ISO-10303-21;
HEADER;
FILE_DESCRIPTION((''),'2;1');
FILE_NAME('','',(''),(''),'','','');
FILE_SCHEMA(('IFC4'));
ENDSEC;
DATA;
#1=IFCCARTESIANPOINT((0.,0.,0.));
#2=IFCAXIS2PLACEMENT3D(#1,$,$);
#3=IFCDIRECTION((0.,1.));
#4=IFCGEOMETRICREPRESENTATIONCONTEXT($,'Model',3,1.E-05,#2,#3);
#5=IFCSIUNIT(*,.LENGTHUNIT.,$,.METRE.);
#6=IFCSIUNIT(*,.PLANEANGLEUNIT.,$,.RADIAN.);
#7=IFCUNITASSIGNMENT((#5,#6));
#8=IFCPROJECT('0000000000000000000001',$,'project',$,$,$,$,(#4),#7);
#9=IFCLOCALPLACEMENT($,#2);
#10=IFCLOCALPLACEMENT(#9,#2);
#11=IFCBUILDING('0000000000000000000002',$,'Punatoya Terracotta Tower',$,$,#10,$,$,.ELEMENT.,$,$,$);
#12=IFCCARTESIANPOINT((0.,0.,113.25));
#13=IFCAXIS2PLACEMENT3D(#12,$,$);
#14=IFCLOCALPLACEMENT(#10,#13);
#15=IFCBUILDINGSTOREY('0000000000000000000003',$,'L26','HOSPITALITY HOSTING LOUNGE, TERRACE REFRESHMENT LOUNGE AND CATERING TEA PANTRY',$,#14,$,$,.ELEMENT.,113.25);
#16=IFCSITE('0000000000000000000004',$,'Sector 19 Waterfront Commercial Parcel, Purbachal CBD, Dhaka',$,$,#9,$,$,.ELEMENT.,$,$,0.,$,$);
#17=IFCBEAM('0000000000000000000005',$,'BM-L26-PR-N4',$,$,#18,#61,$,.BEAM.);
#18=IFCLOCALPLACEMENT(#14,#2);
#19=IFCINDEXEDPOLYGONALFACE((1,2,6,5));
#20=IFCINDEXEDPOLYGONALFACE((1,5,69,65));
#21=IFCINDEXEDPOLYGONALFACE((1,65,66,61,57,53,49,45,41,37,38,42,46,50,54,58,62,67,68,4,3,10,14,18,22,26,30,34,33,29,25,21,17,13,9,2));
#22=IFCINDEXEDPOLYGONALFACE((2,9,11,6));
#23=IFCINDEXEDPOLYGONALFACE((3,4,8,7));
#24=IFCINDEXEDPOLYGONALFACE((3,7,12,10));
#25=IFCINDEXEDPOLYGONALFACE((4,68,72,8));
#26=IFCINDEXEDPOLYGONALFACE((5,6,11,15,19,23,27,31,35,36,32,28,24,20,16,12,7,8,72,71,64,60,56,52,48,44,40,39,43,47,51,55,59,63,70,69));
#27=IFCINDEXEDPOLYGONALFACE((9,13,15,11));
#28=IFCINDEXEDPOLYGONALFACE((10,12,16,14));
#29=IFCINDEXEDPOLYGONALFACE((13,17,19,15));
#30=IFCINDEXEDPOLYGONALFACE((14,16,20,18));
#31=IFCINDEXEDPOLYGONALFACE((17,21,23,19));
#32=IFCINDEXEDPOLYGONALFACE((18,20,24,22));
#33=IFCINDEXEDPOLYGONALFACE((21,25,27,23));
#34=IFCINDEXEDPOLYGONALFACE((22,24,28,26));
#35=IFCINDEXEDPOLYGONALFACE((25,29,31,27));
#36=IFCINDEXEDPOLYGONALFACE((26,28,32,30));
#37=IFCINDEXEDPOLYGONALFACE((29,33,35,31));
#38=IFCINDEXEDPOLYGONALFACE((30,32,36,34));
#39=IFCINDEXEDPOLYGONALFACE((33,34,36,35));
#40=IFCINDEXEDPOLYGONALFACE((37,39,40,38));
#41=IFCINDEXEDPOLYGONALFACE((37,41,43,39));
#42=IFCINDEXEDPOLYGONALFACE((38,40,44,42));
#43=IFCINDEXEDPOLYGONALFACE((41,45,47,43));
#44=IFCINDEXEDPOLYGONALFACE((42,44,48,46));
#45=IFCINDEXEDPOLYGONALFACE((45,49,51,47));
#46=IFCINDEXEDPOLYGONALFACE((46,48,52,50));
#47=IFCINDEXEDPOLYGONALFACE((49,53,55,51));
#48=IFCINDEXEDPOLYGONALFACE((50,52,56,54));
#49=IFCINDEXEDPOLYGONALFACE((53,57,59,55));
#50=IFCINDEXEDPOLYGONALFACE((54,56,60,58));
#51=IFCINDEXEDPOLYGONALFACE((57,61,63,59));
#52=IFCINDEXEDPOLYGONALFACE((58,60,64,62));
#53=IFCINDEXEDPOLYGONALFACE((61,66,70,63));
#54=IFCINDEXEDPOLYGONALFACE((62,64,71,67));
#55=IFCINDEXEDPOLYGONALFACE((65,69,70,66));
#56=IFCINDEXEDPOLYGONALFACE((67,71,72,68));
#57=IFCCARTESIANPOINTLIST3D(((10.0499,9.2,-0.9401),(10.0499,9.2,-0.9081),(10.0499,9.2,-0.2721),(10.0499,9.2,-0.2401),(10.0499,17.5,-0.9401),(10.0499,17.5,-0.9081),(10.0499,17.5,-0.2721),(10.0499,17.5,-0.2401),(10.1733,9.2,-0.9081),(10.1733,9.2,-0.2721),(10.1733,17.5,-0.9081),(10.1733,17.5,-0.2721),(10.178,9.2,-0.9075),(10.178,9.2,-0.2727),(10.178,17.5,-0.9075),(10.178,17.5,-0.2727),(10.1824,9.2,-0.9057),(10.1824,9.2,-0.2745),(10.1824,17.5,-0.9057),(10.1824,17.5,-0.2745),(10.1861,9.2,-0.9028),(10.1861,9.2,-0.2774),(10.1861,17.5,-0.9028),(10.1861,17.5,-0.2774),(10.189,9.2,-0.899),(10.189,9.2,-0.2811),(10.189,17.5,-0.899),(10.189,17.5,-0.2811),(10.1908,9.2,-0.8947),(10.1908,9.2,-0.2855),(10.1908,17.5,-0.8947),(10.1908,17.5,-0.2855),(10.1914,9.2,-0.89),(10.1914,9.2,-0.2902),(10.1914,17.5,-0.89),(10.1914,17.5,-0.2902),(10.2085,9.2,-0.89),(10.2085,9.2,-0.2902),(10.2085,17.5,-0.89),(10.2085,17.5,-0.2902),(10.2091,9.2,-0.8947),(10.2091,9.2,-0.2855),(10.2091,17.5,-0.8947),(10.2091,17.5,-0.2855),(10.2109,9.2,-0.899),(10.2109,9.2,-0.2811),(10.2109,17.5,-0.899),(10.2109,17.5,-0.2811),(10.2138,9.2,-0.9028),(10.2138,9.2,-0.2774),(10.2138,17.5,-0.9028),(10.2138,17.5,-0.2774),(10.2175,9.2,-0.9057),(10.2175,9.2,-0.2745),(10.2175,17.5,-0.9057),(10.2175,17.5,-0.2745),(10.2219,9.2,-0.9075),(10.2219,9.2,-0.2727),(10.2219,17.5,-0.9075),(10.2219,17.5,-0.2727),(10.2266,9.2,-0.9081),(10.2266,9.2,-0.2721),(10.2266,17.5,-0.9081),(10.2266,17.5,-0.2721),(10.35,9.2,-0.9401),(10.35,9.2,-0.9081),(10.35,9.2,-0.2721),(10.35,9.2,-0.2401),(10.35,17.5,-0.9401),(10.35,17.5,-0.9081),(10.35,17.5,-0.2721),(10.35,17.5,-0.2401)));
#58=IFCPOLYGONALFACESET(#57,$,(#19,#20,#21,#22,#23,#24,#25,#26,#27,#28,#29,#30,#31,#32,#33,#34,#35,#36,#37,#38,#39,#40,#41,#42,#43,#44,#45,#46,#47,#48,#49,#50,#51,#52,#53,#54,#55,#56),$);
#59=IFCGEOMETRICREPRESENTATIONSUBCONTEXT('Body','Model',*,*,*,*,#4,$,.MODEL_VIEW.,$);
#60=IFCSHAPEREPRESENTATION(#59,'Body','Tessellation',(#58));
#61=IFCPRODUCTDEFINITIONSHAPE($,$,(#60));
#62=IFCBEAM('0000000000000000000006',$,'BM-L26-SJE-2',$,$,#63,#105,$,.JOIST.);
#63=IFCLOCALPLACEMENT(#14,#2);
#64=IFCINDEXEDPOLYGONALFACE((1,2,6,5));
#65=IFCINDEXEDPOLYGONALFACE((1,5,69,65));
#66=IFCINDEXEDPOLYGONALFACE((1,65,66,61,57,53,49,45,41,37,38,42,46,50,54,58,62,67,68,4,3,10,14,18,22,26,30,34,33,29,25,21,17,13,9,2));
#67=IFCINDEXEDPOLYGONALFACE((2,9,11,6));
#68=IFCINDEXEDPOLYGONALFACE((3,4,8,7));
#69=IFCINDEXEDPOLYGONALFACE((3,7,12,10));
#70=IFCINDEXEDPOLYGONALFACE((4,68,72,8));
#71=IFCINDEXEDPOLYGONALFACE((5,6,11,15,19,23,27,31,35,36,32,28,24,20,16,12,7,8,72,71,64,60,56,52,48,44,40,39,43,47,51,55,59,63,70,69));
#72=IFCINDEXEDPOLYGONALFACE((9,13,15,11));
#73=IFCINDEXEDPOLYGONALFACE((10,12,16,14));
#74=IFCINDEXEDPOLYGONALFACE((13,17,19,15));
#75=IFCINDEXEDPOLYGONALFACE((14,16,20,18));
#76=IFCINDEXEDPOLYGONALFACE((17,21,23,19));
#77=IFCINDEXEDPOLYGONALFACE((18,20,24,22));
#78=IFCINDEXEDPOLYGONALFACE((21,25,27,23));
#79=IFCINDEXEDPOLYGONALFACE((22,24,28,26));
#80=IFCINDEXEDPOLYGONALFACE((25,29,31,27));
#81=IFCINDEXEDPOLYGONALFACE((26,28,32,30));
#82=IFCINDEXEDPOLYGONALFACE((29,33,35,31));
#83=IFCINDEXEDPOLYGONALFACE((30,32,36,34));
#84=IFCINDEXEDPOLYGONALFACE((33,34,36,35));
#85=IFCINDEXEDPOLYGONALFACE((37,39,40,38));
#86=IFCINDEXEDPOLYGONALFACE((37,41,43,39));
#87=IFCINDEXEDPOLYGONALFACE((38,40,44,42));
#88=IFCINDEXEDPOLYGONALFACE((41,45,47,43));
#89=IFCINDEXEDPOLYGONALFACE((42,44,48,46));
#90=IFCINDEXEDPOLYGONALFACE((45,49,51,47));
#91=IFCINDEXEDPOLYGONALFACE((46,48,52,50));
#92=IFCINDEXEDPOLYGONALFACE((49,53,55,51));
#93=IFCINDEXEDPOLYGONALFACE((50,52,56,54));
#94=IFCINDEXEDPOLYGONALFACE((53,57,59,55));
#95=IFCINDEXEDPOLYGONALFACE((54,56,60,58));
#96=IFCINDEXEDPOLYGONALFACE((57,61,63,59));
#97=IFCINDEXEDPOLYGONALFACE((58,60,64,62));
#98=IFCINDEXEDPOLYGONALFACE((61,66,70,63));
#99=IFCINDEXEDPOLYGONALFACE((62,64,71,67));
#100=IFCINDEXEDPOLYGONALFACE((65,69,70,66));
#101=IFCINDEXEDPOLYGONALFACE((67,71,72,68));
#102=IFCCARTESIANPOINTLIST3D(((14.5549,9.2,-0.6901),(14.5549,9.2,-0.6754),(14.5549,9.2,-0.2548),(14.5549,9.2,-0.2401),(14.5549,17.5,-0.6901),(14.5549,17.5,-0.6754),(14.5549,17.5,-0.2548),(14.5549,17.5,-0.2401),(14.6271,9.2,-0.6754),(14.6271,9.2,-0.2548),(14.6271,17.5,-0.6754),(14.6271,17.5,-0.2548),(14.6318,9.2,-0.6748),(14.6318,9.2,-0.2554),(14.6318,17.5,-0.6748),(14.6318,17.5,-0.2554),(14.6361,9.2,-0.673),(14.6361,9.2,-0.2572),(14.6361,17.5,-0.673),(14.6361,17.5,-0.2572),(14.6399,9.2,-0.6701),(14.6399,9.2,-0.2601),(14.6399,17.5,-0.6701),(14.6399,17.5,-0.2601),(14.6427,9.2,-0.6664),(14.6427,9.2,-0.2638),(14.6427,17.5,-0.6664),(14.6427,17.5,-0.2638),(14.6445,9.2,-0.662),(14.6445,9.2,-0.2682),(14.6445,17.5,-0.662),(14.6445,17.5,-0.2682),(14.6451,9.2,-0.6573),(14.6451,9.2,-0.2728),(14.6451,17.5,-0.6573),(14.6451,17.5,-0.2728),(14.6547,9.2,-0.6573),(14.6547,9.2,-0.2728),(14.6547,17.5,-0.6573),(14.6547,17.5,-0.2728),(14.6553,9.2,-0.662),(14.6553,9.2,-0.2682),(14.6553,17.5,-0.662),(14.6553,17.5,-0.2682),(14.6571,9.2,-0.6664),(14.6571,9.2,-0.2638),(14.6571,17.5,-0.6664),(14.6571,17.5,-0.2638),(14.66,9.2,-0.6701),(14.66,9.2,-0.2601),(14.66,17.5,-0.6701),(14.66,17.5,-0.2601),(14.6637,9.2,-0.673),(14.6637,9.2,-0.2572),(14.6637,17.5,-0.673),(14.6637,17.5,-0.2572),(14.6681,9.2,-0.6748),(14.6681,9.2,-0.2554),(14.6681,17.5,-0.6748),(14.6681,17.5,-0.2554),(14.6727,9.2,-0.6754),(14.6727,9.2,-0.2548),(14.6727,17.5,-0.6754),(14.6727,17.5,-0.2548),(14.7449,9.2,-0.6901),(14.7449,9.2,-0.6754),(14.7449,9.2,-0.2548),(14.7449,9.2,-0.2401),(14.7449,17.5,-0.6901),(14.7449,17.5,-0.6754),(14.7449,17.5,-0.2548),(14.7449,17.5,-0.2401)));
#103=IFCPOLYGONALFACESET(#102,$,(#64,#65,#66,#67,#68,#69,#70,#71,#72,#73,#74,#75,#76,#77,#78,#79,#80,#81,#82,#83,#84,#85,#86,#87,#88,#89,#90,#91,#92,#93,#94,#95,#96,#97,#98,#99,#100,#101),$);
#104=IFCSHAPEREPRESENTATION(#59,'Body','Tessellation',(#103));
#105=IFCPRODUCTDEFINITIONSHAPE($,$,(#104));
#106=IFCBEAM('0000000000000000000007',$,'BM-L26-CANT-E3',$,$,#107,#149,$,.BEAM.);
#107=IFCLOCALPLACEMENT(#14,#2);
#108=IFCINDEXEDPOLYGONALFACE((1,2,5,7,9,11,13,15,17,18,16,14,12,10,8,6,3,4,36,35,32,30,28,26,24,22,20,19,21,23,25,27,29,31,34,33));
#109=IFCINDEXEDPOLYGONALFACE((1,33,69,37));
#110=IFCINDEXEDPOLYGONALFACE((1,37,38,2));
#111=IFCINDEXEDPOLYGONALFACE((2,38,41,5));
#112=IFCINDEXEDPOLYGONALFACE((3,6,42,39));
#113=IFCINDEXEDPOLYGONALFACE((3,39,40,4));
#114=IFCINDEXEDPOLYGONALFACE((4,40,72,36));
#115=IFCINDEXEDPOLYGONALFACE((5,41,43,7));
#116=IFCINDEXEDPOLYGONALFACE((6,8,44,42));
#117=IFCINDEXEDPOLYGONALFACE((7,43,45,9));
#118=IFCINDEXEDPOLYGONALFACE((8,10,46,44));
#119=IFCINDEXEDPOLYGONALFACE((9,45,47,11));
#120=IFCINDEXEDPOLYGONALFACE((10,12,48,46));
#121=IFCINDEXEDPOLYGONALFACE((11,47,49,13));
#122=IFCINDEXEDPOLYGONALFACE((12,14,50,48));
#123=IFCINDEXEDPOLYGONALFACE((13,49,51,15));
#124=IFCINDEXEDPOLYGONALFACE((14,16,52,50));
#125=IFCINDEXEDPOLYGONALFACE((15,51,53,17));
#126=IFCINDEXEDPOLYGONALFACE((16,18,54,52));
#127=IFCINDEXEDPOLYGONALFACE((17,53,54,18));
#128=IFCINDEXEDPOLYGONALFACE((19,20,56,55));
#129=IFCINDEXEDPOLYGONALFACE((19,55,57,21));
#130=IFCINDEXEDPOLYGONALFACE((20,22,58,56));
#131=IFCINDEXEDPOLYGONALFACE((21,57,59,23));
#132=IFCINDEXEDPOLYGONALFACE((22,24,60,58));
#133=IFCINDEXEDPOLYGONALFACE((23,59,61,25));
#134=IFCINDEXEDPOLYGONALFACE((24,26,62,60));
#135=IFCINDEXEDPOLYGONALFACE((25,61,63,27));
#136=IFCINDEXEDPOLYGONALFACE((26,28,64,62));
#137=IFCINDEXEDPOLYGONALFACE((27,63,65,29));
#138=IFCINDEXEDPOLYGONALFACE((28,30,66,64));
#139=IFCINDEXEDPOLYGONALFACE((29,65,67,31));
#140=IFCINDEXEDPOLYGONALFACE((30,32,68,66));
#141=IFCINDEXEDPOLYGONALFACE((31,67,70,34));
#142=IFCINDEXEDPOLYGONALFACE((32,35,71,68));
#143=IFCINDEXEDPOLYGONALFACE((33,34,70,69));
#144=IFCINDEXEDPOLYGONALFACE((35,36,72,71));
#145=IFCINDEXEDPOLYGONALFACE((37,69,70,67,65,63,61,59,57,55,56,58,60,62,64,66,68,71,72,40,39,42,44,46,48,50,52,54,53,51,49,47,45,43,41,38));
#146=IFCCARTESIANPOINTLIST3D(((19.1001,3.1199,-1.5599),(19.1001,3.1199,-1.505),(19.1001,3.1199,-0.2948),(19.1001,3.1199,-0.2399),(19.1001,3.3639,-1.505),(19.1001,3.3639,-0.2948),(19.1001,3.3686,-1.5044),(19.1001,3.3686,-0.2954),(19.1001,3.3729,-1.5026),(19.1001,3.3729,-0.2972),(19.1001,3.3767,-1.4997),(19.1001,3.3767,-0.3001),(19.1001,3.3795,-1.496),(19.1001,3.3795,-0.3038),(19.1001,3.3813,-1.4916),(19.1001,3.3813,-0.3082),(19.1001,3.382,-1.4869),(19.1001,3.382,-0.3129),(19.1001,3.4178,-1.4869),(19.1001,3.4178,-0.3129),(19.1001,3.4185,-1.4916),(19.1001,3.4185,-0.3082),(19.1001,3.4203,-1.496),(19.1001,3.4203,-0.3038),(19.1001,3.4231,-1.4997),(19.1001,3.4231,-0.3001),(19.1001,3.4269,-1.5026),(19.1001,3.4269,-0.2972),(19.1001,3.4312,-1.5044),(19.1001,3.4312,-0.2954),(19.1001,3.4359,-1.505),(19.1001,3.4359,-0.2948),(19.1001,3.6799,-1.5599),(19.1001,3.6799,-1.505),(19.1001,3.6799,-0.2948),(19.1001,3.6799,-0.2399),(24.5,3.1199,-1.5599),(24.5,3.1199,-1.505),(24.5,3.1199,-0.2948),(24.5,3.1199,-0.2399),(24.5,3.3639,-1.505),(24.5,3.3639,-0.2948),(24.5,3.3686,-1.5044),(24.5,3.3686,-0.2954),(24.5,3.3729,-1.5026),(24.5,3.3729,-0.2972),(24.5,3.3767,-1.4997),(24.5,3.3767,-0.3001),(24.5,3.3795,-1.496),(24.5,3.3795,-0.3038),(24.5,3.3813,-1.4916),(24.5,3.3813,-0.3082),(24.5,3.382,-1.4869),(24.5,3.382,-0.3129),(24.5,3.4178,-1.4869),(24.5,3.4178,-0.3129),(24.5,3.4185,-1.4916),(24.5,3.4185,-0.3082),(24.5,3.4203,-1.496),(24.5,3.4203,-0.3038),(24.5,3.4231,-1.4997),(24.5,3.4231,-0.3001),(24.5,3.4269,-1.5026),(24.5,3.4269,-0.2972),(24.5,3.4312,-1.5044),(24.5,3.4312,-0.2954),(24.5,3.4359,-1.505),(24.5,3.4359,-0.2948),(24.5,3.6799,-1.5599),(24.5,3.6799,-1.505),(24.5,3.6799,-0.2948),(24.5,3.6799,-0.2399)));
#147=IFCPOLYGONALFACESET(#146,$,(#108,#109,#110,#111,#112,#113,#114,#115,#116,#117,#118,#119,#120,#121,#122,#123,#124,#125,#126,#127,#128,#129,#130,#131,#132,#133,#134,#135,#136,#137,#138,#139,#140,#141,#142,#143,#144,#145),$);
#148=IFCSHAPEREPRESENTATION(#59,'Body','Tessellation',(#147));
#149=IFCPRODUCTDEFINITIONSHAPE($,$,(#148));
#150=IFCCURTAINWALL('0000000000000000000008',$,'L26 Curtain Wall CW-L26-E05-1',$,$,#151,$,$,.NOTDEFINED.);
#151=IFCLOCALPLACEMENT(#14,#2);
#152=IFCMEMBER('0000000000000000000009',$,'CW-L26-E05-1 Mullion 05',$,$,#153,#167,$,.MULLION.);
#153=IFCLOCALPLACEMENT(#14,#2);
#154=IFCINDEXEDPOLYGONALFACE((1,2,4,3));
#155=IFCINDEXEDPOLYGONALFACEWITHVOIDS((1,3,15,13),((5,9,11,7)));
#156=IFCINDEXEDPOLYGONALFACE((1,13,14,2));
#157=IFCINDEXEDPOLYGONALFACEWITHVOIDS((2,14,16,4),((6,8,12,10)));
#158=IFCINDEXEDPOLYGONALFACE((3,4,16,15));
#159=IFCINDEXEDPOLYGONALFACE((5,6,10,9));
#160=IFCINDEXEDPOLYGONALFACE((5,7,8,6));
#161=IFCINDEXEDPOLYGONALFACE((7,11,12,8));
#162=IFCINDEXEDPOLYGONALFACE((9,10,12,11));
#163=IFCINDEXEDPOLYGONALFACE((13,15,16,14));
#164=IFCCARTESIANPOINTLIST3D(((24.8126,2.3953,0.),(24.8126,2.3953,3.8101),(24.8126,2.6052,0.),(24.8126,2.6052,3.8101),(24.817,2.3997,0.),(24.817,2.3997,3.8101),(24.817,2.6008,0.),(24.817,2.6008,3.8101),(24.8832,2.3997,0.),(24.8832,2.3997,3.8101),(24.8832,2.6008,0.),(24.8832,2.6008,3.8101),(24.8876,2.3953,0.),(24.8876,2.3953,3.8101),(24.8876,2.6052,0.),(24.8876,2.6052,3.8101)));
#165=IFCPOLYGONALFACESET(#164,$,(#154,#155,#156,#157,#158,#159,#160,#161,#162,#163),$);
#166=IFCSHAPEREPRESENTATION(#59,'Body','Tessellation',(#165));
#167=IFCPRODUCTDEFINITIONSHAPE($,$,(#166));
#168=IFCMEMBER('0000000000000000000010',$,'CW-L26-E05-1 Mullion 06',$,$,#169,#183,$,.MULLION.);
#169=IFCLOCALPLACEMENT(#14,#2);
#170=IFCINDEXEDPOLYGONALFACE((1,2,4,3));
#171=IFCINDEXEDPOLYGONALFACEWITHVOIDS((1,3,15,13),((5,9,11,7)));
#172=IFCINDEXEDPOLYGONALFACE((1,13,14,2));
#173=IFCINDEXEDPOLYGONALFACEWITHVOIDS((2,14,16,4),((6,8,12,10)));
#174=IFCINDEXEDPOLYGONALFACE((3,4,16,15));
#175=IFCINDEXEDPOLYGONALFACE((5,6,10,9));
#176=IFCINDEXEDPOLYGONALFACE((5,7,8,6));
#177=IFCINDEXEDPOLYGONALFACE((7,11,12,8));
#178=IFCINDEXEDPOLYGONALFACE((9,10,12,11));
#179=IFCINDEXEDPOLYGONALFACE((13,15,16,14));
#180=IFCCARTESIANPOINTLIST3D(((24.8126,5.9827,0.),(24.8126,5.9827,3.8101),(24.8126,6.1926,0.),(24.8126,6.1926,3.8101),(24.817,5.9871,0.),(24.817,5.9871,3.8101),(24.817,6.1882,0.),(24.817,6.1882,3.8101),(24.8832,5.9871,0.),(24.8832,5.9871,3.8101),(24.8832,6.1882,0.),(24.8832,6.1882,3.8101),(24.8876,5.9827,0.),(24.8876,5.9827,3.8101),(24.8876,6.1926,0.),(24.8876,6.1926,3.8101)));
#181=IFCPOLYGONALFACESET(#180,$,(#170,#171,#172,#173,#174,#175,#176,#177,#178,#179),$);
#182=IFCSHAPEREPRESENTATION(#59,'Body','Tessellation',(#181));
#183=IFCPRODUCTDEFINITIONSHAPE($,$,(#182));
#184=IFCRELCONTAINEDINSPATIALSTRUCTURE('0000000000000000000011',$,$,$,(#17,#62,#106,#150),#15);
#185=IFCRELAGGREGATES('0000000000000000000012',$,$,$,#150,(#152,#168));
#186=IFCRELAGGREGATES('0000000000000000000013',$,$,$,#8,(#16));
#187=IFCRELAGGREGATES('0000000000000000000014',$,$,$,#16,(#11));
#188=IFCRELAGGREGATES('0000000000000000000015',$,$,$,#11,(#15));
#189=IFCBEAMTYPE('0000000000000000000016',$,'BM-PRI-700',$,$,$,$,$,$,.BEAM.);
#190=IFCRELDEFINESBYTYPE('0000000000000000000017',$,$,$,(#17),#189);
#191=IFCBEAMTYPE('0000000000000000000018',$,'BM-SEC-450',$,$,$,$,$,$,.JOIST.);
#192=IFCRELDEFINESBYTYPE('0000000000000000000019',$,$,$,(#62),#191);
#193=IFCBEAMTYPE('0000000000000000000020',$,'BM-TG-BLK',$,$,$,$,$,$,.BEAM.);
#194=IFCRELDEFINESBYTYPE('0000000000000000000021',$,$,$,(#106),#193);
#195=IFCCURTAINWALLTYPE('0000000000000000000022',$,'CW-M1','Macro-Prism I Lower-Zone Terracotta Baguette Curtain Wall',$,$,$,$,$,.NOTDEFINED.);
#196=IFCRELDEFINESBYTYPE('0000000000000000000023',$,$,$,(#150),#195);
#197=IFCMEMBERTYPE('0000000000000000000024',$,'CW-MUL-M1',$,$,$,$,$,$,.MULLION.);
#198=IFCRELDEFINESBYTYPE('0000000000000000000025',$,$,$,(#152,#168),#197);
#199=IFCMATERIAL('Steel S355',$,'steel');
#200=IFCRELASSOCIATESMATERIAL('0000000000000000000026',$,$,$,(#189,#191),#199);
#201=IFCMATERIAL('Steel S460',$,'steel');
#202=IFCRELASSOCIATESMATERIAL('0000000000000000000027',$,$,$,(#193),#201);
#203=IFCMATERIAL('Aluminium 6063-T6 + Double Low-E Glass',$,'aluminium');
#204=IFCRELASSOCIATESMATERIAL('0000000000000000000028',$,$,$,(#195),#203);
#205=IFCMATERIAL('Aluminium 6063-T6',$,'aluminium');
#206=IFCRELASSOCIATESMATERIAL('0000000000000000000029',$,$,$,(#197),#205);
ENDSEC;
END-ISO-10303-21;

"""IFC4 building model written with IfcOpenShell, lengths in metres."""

from ifc_helpers import new_model, si_unit, direction, frame, origin, origin_2d, place, context, subcontext, project, spatial, hollow_rectangle, i_section, extrude, material, material_profile, profile_set, type_object, element, aggregate, save


model = new_model("IFC4")

# Units and contexts
model_context = context("Model", 3, precision=1e-05, world=origin(), true_north=direction((0.0, 1.0)))
body_context = subcontext(model_context, "Body", "Model", "MODEL_VIEW")
ifc_project = project(units=[si_unit("LENGTHUNIT", "METRE"), si_unit("PLANEANGLEUNIT", "RADIAN")], contexts=[model_context])

# Site, building, storey
site_placement = place(None, origin())
site = spatial("IfcSite", under=ifc_project, at=site_placement, Name="Sector 19 Waterfront Commercial Parcel, Purbachal CBD, Dhaka", CompositionType="ELEMENT", RefElevation=0.0)
building_placement = place(site_placement, origin())
building = spatial("IfcBuilding", under=site, at=building_placement, Name="Punatoya Terracotta Tower", CompositionType="ELEMENT")
storey_placement = place(building_placement, frame((0.0, 0.0, 113.25)))
storey = spatial("IfcBuildingStorey", under=building, at=storey_placement, Name="L26", Description="HOSPITALITY HOSTING LOUNGE, TERRACE REFRESHMENT LOUNGE AND CATERING TEA PANTRY", CompositionType="ELEMENT", Elevation=113.25)

# Shared definitions
ifc_material_1 = material(Name="Steel S460", Category="steel")

# Beams
ifc_material_2 = material(Name="Steel S355", Category="steel")
ifc_material_profile_1 = material_profile(ifc_material_2, i_section(OverallWidth=0.3, OverallDepth=0.7, WebThickness=0.0171, FlangeThickness=0.032, FilletRadius=0.0181, at=origin_2d()))
ifc_profile_set_1 = profile_set([ifc_material_profile_1], Name="Steel S355")
beam_type_1 = type_object("IfcBeamType", Name="BM-PRI-700", PredefinedType="BEAM", material=ifc_profile_set_1)
beam_1_placement = place(storey_placement, frame((10.2, 9.2, -0.5901), z_axis=(0.0, 1.0, 0.0), x_axis=(-1.0, 0.0, 0.0)))
element("IfcBeam", 1, at=beam_1_placement, inside=storey, type_object=beam_type_1, Name="BM-L26-PR-N4", PredefinedType="BEAM", context=body_context, shape_type="SweptSolid", body=[
    extrude(i_section(OverallWidth=0.3, OverallDepth=0.7, WebThickness=0.0171, FlangeThickness=0.032, FilletRadius=0.0181, at=origin_2d()), origin(), (0.0, 0.0, 1.0), 8.3),
])
ifc_material_profile_2 = material_profile(ifc_material_2, i_section(OverallWidth=0.1899, OverallDepth=0.45, WebThickness=0.0095, FlangeThickness=0.0146, FilletRadius=0.0181, at=origin_2d()))
ifc_profile_set_2 = profile_set([ifc_material_profile_2], Name="Steel S355")
beam_type_2 = type_object("IfcBeamType", Name="BM-SEC-450", PredefinedType="JOIST", material=ifc_profile_set_2)
beam_2_placement = place(storey_placement, frame((14.6499, 9.2, -0.4651), z_axis=(0.0, 1.0, 0.0), x_axis=(-1.0, 0.0, 0.0)))
element("IfcBeam", 2, at=beam_2_placement, inside=storey, type_object=beam_type_2, Name="BM-L26-SJE-2", PredefinedType="JOIST", context=body_context, shape_type="SweptSolid", body=[
    extrude(i_section(OverallWidth=0.1899, OverallDepth=0.45, WebThickness=0.0095, FlangeThickness=0.0146, FilletRadius=0.0181, at=origin_2d()), origin(), (0.0, 0.0, 1.0), 8.3),
])
ifc_material_profile_3 = material_profile(ifc_material_1, i_section(OverallWidth=0.5601, OverallDepth=1.3201, WebThickness=0.0359, FlangeThickness=0.0549, FilletRadius=0.0181, at=origin_2d()))
ifc_profile_set_3 = profile_set([ifc_material_profile_3], Name="Steel S460")
beam_type_3 = type_object("IfcBeamType", Name="BM-TG-BLK", PredefinedType="BEAM", material=ifc_profile_set_3)
beam_3_placement = place(storey_placement, frame((19.1001, 3.3999, -0.8999), z_axis=(1.0, 0.0, 0.0), x_axis=(0.0, 1.0, 0.0)))
element("IfcBeam", 3, at=beam_3_placement, inside=storey, type_object=beam_type_3, Name="BM-L26-CANT-E3", PredefinedType="BEAM", context=body_context, shape_type="SweptSolid", body=[
    extrude(i_section(OverallWidth=0.5601, OverallDepth=1.3201, WebThickness=0.0359, FlangeThickness=0.0549, FilletRadius=0.0181, at=origin_2d()), origin(), (0.0, 0.0, 1.0), 5.3999),
])

# Curtain wall, members
ifc_material_3 = material(Name="Aluminium 6063-T6 + Double Low-E Glass", Category="aluminium")
curtain_wall_type = type_object("IfcCurtainWallType", Name="CW-M1", Description="Macro-Prism I Lower-Zone Terracotta Baguette Curtain Wall", PredefinedType="NOTDEFINED", material=ifc_material_3)
curtain_wall_placement = place(storey_placement, origin())
curtain_wall = element("IfcCurtainWall", 4, at=curtain_wall_placement, inside=storey, type_object=curtain_wall_type, Name="L26 Curtain Wall CW-L26-E05-1", PredefinedType="NOTDEFINED")
ifc_material_4 = material(Name="Aluminium 6063-T6", Category="aluminium")
ifc_material_profile_4 = material_profile(ifc_material_4, hollow_rectangle(XDim=0.075, YDim=0.21, WallThickness=0.0044, at=origin_2d()))
ifc_profile_set_4 = profile_set([ifc_material_profile_4], Name="Aluminium 6063-T6")
member_type = type_object("IfcMemberType", Name="CW-MUL-M1", PredefinedType="MULLION", material=ifc_profile_set_4)
member_1_placement = place(storey_placement, frame((24.8501, 2.5002, 0.0), z_axis=(0.0, 0.0, 1.0), x_axis=(1.0, 0.0, 0.0)))
member_1 = element("IfcMember", 5, at=member_1_placement, type_object=member_type, Name="CW-L26-E05-1 Mullion 05", PredefinedType="MULLION", context=body_context, shape_type="SweptSolid", body=[
    extrude(hollow_rectangle(XDim=0.075, YDim=0.21, WallThickness=0.0044, at=origin_2d()), origin(), (0.0, 0.0, 1.0), 3.8101),
])
member_2_placement = place(storey_placement, frame((24.8501, 6.0876, 0.0), z_axis=(0.0, 0.0, 1.0), x_axis=(1.0, 0.0, 0.0)))
member_2 = element("IfcMember", 6, at=member_2_placement, type_object=member_type, Name="CW-L26-E05-1 Mullion 06", PredefinedType="MULLION", context=body_context, shape_type="SweptSolid", body=[
    extrude(hollow_rectangle(XDim=0.075, YDim=0.21, WallThickness=0.0044, at=origin_2d()), origin(), (0.0, 0.0, 1.0), 3.8101),
])
aggregate(curtain_wall, [member_1, member_2])

save(model, "model.ifc")
